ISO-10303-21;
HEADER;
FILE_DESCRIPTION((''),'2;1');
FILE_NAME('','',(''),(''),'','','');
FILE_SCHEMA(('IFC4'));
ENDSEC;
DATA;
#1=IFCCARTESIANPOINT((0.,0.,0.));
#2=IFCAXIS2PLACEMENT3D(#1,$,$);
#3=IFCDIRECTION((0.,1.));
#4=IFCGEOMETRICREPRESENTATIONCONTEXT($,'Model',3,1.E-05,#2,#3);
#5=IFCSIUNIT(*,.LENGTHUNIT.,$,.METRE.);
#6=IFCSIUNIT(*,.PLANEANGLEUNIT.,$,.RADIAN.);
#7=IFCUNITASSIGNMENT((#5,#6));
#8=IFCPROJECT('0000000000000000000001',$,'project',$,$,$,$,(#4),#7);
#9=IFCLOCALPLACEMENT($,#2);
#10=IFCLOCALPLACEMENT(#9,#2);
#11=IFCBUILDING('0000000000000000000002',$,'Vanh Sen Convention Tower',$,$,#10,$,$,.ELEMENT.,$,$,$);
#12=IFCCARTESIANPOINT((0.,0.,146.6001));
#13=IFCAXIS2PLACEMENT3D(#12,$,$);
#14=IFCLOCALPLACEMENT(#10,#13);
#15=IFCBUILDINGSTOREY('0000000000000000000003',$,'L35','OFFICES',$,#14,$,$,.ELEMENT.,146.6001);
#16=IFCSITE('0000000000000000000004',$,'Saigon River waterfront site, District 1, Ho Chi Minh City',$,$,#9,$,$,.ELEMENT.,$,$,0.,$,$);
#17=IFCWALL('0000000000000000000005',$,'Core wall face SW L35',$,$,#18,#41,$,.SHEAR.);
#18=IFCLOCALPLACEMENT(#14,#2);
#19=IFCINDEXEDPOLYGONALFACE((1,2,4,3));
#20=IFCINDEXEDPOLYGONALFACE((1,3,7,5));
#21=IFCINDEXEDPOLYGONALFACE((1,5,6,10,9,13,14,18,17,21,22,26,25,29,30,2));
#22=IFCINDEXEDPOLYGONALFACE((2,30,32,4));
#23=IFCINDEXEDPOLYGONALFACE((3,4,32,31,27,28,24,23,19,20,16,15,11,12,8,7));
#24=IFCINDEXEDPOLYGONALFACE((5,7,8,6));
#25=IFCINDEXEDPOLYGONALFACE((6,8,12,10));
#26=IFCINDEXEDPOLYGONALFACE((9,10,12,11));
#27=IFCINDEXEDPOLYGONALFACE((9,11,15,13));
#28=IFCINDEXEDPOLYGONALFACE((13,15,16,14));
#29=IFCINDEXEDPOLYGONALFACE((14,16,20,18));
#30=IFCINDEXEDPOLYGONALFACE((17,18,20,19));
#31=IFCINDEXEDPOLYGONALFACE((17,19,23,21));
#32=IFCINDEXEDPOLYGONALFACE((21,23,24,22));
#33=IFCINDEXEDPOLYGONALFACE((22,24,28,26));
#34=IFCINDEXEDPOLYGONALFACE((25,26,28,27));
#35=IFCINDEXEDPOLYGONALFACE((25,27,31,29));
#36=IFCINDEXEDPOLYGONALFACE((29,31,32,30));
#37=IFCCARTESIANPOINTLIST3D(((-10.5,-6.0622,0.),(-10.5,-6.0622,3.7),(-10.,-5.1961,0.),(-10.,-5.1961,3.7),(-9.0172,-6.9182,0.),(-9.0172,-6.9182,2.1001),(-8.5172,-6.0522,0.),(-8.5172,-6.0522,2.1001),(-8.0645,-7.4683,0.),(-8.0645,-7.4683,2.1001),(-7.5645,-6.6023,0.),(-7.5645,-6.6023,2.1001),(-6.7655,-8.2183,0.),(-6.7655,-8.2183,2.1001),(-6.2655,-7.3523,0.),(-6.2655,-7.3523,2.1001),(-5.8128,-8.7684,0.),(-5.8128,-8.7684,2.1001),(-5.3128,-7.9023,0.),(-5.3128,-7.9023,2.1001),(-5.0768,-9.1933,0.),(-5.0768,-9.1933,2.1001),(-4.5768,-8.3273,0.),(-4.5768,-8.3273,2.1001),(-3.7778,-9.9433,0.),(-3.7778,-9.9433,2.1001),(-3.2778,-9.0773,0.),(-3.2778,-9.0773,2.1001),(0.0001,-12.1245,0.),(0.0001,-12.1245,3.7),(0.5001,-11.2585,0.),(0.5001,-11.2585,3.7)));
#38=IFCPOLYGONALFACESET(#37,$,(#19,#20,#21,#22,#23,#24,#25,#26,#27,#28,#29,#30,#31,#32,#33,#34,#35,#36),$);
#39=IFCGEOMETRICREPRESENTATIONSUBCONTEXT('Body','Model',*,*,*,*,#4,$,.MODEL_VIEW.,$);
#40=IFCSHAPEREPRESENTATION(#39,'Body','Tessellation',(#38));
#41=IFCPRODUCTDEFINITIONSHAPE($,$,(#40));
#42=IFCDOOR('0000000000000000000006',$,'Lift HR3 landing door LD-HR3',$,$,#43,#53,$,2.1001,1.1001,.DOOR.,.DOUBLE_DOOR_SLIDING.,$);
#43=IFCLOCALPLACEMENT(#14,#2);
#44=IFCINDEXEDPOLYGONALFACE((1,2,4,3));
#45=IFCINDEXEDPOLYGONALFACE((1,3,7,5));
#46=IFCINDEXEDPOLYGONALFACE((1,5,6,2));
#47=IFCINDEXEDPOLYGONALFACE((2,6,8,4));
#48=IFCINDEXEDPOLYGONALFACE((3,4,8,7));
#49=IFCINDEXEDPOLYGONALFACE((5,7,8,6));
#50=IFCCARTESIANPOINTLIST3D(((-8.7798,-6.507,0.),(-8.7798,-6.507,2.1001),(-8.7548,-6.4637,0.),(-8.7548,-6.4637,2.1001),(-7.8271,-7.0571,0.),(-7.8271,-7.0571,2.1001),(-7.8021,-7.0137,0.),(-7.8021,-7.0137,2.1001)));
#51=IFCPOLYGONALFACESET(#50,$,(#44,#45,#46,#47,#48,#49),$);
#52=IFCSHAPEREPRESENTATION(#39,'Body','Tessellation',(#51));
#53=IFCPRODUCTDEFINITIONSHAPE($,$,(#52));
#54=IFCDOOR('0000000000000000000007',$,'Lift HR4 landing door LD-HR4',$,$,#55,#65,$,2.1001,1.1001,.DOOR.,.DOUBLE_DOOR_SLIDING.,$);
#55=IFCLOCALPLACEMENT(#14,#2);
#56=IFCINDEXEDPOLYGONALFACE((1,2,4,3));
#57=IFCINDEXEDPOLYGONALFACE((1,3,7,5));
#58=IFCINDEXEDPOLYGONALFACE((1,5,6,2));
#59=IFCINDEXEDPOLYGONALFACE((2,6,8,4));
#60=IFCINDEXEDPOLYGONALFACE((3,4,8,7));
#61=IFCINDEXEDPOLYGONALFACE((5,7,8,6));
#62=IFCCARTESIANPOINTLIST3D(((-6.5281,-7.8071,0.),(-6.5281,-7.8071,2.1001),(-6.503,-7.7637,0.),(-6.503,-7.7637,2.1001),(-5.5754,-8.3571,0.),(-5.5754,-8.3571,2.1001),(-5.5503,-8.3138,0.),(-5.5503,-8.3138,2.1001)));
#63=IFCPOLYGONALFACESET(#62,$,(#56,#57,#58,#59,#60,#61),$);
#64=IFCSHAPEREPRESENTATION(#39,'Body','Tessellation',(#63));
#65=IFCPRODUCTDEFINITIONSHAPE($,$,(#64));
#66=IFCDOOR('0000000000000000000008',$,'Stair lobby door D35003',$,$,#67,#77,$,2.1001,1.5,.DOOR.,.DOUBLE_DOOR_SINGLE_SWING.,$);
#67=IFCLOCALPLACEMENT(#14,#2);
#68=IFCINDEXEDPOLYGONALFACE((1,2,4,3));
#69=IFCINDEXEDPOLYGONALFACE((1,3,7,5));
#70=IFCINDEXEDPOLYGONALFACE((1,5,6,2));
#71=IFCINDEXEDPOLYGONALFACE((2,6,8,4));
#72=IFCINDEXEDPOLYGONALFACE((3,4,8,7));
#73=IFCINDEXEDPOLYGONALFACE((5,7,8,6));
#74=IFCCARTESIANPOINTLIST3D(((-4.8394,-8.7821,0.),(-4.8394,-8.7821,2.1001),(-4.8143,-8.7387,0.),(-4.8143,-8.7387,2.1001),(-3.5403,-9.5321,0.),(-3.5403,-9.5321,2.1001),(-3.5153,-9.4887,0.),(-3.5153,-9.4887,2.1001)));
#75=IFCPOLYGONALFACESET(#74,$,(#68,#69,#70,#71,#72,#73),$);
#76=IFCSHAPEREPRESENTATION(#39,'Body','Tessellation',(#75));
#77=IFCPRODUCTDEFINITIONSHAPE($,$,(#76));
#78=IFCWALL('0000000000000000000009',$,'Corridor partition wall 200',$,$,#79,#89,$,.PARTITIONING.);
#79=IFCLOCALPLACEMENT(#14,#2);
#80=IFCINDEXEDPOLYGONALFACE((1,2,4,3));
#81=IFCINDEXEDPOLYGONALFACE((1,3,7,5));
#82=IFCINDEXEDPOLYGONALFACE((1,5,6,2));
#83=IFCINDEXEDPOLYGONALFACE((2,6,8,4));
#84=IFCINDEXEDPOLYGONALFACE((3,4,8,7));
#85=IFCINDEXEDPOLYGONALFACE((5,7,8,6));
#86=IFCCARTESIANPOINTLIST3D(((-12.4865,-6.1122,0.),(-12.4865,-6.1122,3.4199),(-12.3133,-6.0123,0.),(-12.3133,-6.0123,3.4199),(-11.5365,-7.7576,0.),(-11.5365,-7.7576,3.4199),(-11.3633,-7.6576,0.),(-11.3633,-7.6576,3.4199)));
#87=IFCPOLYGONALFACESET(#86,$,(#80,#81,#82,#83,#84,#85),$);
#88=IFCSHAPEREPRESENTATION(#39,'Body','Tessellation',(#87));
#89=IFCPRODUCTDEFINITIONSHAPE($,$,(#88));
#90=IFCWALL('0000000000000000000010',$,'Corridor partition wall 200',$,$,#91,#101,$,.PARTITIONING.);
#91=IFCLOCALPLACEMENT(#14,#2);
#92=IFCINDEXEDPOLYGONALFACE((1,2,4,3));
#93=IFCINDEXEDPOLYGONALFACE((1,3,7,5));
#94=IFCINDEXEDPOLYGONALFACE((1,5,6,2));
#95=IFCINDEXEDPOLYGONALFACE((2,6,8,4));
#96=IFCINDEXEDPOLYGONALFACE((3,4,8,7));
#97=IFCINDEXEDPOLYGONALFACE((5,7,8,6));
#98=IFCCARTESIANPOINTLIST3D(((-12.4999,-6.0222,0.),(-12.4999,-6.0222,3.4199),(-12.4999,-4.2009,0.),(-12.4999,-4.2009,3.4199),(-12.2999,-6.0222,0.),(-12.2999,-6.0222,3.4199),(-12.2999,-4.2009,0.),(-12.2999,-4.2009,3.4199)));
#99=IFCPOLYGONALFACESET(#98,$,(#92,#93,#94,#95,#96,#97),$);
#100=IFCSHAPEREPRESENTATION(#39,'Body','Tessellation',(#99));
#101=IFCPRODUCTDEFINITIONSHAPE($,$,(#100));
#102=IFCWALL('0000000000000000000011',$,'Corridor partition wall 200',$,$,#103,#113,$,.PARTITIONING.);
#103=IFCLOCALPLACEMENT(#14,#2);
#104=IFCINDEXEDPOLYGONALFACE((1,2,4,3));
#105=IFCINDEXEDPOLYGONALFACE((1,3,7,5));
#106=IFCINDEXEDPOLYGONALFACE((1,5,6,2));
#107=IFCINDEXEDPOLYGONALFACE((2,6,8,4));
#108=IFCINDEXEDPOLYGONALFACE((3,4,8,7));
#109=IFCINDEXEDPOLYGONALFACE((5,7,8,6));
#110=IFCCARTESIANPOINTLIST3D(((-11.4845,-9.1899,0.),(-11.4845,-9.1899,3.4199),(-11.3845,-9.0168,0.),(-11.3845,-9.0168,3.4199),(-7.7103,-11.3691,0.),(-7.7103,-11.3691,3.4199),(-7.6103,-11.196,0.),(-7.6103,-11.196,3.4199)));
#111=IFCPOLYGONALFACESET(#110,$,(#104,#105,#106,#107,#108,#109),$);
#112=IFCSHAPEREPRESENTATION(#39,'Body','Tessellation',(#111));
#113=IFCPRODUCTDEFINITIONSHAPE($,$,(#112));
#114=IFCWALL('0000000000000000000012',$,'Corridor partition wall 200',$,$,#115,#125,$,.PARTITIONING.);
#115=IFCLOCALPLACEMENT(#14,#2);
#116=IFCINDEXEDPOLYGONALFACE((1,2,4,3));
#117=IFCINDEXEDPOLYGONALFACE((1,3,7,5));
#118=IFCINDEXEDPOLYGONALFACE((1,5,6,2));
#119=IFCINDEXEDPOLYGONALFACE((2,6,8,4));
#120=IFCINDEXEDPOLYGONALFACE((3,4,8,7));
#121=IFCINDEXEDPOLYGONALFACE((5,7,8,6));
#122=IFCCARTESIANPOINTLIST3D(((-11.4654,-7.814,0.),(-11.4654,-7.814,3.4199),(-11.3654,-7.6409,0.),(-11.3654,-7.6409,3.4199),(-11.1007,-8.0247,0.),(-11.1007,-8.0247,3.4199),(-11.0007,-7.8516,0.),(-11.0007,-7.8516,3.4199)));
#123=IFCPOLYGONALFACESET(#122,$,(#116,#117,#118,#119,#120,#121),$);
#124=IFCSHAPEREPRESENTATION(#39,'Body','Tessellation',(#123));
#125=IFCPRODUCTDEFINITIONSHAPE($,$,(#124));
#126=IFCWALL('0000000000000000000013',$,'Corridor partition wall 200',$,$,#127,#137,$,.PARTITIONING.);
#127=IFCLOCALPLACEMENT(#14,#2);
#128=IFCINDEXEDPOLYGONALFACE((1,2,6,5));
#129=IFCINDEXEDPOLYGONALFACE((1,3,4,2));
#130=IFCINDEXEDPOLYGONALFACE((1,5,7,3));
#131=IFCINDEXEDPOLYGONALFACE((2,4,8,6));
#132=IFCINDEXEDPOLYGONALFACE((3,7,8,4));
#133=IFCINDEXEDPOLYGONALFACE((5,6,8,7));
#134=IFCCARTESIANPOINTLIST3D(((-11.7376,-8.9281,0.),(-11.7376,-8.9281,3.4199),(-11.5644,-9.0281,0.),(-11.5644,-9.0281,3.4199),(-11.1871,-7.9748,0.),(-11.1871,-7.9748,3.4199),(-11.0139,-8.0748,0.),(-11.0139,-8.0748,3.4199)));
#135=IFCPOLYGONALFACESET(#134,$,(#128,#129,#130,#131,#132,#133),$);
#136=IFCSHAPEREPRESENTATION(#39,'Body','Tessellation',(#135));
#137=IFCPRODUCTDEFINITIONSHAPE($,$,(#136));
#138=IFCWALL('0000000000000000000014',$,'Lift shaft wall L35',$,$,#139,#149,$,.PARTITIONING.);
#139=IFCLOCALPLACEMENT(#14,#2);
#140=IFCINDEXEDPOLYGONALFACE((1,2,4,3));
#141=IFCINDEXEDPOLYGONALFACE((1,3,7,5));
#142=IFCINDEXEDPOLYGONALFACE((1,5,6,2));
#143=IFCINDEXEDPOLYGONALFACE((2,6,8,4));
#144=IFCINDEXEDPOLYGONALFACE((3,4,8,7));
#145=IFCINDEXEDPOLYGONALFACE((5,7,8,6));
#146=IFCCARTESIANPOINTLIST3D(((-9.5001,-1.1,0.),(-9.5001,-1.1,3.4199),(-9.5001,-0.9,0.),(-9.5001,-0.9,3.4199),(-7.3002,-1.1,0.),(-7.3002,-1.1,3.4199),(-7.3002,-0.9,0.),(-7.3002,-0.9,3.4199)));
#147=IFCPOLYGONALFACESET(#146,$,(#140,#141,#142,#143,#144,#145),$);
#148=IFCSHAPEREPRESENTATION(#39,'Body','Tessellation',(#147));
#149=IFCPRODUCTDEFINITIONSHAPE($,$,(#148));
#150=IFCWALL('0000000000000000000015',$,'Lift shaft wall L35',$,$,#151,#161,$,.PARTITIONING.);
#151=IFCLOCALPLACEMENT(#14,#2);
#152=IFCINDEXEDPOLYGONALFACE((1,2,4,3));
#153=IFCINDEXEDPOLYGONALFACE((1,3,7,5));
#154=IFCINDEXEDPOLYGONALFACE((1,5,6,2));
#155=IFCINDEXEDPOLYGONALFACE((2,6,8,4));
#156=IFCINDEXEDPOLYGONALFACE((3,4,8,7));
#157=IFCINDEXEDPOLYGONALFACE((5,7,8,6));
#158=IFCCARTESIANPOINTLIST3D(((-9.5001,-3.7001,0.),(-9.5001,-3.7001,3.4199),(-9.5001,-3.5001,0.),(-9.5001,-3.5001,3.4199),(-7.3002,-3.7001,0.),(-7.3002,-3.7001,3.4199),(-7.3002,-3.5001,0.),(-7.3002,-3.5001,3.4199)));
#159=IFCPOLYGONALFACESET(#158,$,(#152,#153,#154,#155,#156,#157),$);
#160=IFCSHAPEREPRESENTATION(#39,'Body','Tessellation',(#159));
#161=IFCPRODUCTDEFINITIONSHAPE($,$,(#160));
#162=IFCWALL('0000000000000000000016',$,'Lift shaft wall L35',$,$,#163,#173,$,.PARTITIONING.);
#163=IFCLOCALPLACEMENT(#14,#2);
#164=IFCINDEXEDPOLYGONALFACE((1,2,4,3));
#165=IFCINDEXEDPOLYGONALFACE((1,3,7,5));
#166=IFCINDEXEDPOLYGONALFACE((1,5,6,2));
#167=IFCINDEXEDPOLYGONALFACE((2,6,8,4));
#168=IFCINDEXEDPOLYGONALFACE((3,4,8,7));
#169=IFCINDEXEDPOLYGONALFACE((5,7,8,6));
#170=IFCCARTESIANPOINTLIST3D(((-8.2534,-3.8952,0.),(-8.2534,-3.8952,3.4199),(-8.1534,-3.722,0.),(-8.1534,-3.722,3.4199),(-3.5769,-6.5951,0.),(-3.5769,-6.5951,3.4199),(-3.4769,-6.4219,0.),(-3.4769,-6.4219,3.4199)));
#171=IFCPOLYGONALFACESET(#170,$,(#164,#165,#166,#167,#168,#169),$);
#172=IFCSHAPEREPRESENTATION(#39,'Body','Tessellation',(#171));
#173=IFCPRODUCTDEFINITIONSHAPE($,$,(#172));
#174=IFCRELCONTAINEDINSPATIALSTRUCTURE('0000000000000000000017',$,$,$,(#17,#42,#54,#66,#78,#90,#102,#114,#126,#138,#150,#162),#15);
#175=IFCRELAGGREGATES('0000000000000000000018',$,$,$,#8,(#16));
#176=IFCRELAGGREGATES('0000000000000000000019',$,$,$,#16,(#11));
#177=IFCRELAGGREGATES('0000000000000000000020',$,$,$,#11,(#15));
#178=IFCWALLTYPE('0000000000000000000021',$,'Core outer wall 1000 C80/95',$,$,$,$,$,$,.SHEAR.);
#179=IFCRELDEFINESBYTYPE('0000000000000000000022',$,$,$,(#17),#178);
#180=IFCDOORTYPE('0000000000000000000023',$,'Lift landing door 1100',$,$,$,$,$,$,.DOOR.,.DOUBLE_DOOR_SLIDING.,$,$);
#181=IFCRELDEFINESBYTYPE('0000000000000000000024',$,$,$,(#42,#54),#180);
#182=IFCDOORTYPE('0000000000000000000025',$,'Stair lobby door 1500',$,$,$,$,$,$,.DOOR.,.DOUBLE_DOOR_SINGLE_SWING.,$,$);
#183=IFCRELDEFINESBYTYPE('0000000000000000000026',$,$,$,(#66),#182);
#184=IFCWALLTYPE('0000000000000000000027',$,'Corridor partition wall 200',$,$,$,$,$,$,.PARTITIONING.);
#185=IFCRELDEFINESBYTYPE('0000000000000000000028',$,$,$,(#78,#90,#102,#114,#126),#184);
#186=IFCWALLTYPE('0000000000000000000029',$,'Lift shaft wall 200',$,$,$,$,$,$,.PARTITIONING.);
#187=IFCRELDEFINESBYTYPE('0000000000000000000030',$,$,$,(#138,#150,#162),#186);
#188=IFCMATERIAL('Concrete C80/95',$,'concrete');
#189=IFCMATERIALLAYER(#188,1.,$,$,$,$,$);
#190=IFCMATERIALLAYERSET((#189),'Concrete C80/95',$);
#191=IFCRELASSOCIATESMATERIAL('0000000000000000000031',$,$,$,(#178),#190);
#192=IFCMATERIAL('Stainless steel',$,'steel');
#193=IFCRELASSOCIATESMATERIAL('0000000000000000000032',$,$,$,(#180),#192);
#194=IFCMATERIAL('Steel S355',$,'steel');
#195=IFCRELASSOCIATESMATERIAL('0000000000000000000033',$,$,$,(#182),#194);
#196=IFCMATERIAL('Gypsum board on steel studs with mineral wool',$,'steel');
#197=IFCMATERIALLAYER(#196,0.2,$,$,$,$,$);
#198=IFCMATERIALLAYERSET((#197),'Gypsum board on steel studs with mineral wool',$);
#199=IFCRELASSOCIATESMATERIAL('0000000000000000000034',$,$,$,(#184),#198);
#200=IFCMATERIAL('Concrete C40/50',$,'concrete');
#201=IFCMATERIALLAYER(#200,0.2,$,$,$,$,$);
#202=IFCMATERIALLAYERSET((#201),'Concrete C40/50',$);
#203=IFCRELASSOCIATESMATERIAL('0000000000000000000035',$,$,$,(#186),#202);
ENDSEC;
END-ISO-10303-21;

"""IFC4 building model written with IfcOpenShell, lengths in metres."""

from ifc_helpers import new_model, si_unit, direction, frame, frame_2d, origin, place, context, subcontext, project, spatial, rectangle, extrude, material, layer, layer_set, type_object, element, fill, save


model = new_model("IFC4")

# Units and contexts
model_context = context("Model", 3, precision=1e-05, world=origin(), true_north=direction((0.0, 1.0)))
body_context = subcontext(model_context, "Body", "Model", "MODEL_VIEW")
ifc_project = project(units=[si_unit("LENGTHUNIT", "METRE"), si_unit("PLANEANGLEUNIT", "RADIAN")], contexts=[model_context])

# Site, building, storey
site_placement = place(None, origin())
site = spatial("IfcSite", under=ifc_project, at=site_placement, Name="Saigon River waterfront site, District 1, Ho Chi Minh City", CompositionType="ELEMENT", RefElevation=0.0)
building_placement = place(site_placement, origin())
building = spatial("IfcBuilding", under=site, at=building_placement, Name="Vanh Sen Convention Tower", CompositionType="ELEMENT")
storey_placement = place(building_placement, frame((0.0, 0.0, 146.6001)))
storey = spatial("IfcBuildingStorey", under=building, at=storey_placement, Name="L35", Description="OFFICES", CompositionType="ELEMENT", Elevation=146.6001)

# Shared definitions
ifc_material_1 = material(Name="Concrete C40/50", Category="concrete")

# Wall, openings, doors
ifc_material_2 = material(Name="Concrete C80/95", Category="concrete")
ifc_layer_1 = layer(ifc_material_2, 1.0)
ifc_layer_set_1 = layer_set([ifc_layer_1], Name="Concrete C80/95")
wall_type_1 = type_object("IfcWallType", Name="Core outer wall 1000 C80/95", PredefinedType="SHEAR", material=ifc_layer_set_1)
wall_1_placement = place(storey_placement, frame((-10.25, -5.6292, 0.0), z_axis=(0.0, 0.0, 1.0), x_axis=(0.866023, -0.500005, 0.0)))
wall_1 = element("IfcWall", 1, at=wall_1_placement, inside=storey, type_object=wall_type_1, Name="Core wall face SW L35", PredefinedType="SHEAR", context=body_context, shape_type="SweptSolid", body=[
    extrude(rectangle(XDim=12.1245, YDim=1.0, at=frame_2d((6.0623, 0.0))), origin(), (0.0, 0.0, 1.0), 3.7),
])
opening_1_placement = place(wall_1_placement, frame((6.2622, 0.0, 0.0)))
opening_1 = element("IfcOpeningElement", 2, at=opening_1_placement, cuts=wall_1, PredefinedType="OPENING", context=body_context, shape_type="SweptSolid", body=[
    extrude(rectangle(XDim=1.5, YDim=2.1001, at=frame_2d((0.75, 1.05))), frame((0.0, 0.51, 0.0), z_axis=(0.0, -1.0, 0.0), x_axis=(1.0, 0.0, 0.0)), (0.0, 0.0, 1.0), 1.02),
])
opening_2_placement = place(wall_1_placement, frame((1.7122, 0.0, 0.0)))
opening_2 = element("IfcOpeningElement", 3, at=opening_2_placement, cuts=wall_1, PredefinedType="OPENING", context=body_context, shape_type="SweptSolid", body=[
    extrude(rectangle(XDim=1.1001, YDim=2.1001, at=frame_2d((0.55, 1.05))), frame((0.0, 0.51, 0.0), z_axis=(0.0, -1.0, 0.0), x_axis=(1.0, 0.0, 0.0)), (0.0, 0.0, 1.0), 1.02),
])
opening_3_placement = place(wall_1_placement, frame((4.3123, 0.0, 0.0)))
opening_3 = element("IfcOpeningElement", 4, at=opening_3_placement, cuts=wall_1, PredefinedType="OPENING", context=body_context, shape_type="SweptSolid", body=[
    extrude(rectangle(XDim=1.1001, YDim=2.1001, at=frame_2d((0.55, 1.05))), frame((0.0, 0.51, 0.0), z_axis=(0.0, -1.0, 0.0), x_axis=(1.0, 0.0, 0.0)), (0.0, 0.0, 1.0), 1.02),
])
ifc_material_3 = material(Name="Stainless steel", Category="steel")
door_type_1 = type_object("IfcDoorType", Name="Lift landing door 1100", OperationType="DOUBLE_DOOR_SLIDING", PredefinedType="DOOR", material=ifc_material_3)
door_1_placement = place(opening_2_placement, origin())
door_1 = element("IfcDoor", 5, at=door_1_placement, inside=storey, type_object=door_type_1, Name="Lift HR3 landing door LD-HR3", OperationType="DOUBLE_DOOR_SLIDING", OverallHeight=2.1001, OverallWidth=1.1001, PredefinedType="DOOR", context=body_context, shape_type="SweptSolid", body=[
    extrude(rectangle(XDim=1.1001, YDim=2.1001, at=frame_2d((0.55, 1.05))), frame((0.0, 0.0249, 0.0), z_axis=(0.0, -1.0, 0.0), x_axis=(1.0, 0.0, 0.0)), (0.0, 0.0, 1.0), 0.05),
])
fill(opening_2, door_1)
door_2_placement = place(opening_3_placement, origin())
door_2 = element("IfcDoor", 6, at=door_2_placement, inside=storey, type_object=door_type_1, Name="Lift HR4 landing door LD-HR4", OperationType="DOUBLE_DOOR_SLIDING", OverallHeight=2.1001, OverallWidth=1.1001, PredefinedType="DOOR", context=body_context, shape_type="SweptSolid", body=[
    extrude(rectangle(XDim=1.1001, YDim=2.1001, at=frame_2d((0.55, 1.05))), frame((0.0, 0.0249, 0.0), z_axis=(0.0, -1.0, 0.0), x_axis=(1.0, 0.0, 0.0)), (0.0, 0.0, 1.0), 0.05),
])
fill(opening_3, door_2)
ifc_material_4 = material(Name="Steel S355", Category="steel")
door_type_2 = type_object("IfcDoorType", Name="Stair lobby door 1500", OperationType="DOUBLE_DOOR_SINGLE_SWING", PredefinedType="DOOR", material=ifc_material_4)
door_3_placement = place(opening_1_placement, origin())
door_3 = element("IfcDoor", 7, at=door_3_placement, inside=storey, type_object=door_type_2, Name="Stair lobby door D35003", OperationType="DOUBLE_DOOR_SINGLE_SWING", OverallHeight=2.1001, OverallWidth=1.5, PredefinedType="DOOR", context=body_context, shape_type="SweptSolid", body=[
    extrude(rectangle(XDim=1.5, YDim=2.1001, at=frame_2d((0.75, 1.05))), frame((0.0, 0.0249, 0.0), z_axis=(0.0, -1.0, 0.0), x_axis=(1.0, 0.0, 0.0)), (0.0, 0.0, 1.0), 0.05),
])
fill(opening_1, door_3)

# Walls
ifc_material_5 = material(Name="Gypsum board on steel studs with mineral wool", Category="steel")
ifc_layer_2 = layer(ifc_material_5, 0.2)
ifc_layer_set_2 = layer_set([ifc_layer_2], Name="Gypsum board on steel studs with mineral wool")
wall_type_2 = type_object("IfcWallType", Name="Corridor partition wall 200", PredefinedType="PARTITIONING", material=ifc_layer_set_2)
wall_2_placement = place(storey_placement, frame((-12.3999, -6.0623, 0.0), z_axis=(0.0, 0.0, 1.0), x_axis=(0.500023, -0.866012, 0.0)))
element("IfcWall", 8, at=wall_2_placement, inside=storey, type_object=wall_type_2, Name="Corridor partition wall 200", PredefinedType="PARTITIONING", context=body_context, shape_type="SweptSolid", body=[
    extrude(rectangle(XDim=1.8999, YDim=0.2, at=frame_2d((0.95, 0.0))), origin(), (0.0, 0.0, 1.0), 3.4199),
])
wall_3_placement = place(storey_placement, frame((-12.3999, -4.2009, 0.0), z_axis=(0.0, 0.0, 1.0), x_axis=(0.0, -1.0, 0.0)))
element("IfcWall", 9, at=wall_3_placement, inside=storey, type_object=wall_type_2, Name="Corridor partition wall 200", PredefinedType="PARTITIONING", context=body_context, shape_type="SweptSolid", body=[
    extrude(rectangle(XDim=1.8213, YDim=0.2, at=frame_2d((0.9106, 0.0))), origin(), (0.0, 0.0, 1.0), 3.4199),
])
wall_4_placement = place(storey_placement, frame((-11.4346, -9.1033, 0.0), z_axis=(0.0, 0.0, 1.0), x_axis=(0.866007, -0.500031, 0.0)))
element("IfcWall", 10, at=wall_4_placement, inside=storey, type_object=wall_type_2, Name="Corridor partition wall 200", PredefinedType="PARTITIONING", context=body_context, shape_type="SweptSolid", body=[
    extrude(rectangle(XDim=4.3582, YDim=0.2, at=frame_2d((2.1792, 0.0))), origin(), (0.0, 0.0, 1.0), 3.4199),
])
wall_5_placement = place(storey_placement, frame((-11.4153, -7.7275, 0.0), z_axis=(0.0, 0.0, 1.0), x_axis=(0.865915, -0.500191, 0.0)))
element("IfcWall", 11, at=wall_5_placement, inside=storey, type_object=wall_type_2, Name="Corridor partition wall 200", PredefinedType="PARTITIONING", context=body_context, shape_type="SweptSolid", body=[
    extrude(rectangle(XDim=0.4211, YDim=0.2, at=frame_2d((0.2104, 0.0))), origin(), (0.0, 0.0, 1.0), 3.4199),
])
wall_6_placement = place(storey_placement, frame((-11.1006, -8.0249, 0.0), z_axis=(0.0, 0.0, 1.0), x_axis=(-0.500074, -0.865982, 0.0)))
element("IfcWall", 12, at=wall_6_placement, inside=storey, type_object=wall_type_2, Name="Corridor partition wall 200", PredefinedType="PARTITIONING", context=body_context, shape_type="SweptSolid", body=[
    extrude(rectangle(XDim=1.1008, YDim=0.2, at=frame_2d((0.5503, 0.0))), origin(), (0.0, 0.0, 1.0), 3.4199),
])
ifc_layer_3 = layer(ifc_material_1, 0.2)
ifc_layer_set_3 = layer_set([ifc_layer_3], Name="Concrete C40/50")
wall_type_3 = type_object("IfcWallType", Name="Lift shaft wall 200", PredefinedType="PARTITIONING", material=ifc_layer_set_3)
for number, where, z_axis, x_axis, name in (
    (13, (-7.3, -1.0, 0.0), (0.0, 0.0, 1.0), (-1.0, 0.0, 0.0), "Lift shaft wall L35"),
    (14, (-7.3, -3.6001, 0.0), (0.0, 0.0, 1.0), (-1.0, 0.0, 0.0), "Lift shaft wall L35"),
):
    element("IfcWall", number, at=place(storey_placement, frame(where, z_axis=z_axis, x_axis=x_axis)), inside=storey, type_object=wall_type_3, Name=name, PredefinedType="PARTITIONING", context=body_context, shape_type="SweptSolid", body=[
        extrude(rectangle(XDim=2.2, YDim=0.2, at=frame_2d((1.1001, 0.0))), origin(), (0.0, 0.0, 1.0), 3.4199),
    ])
wall_7_placement = place(storey_placement, frame((-8.2034, -3.8086, 0.0), z_axis=(0.0, 0.0, 1.0), x_axis=(0.866028, -0.499995, 0.0)))
element("IfcWall", 15, at=wall_7_placement, inside=storey, type_object=wall_type_3, Name="Lift shaft wall L35", PredefinedType="PARTITIONING", context=body_context, shape_type="SweptSolid", body=[
    extrude(rectangle(XDim=5.3999, YDim=0.2, at=frame_2d((2.7, 0.0))), origin(), (0.0, 0.0, 1.0), 3.4199),
])

save(model, "model.ifc")
